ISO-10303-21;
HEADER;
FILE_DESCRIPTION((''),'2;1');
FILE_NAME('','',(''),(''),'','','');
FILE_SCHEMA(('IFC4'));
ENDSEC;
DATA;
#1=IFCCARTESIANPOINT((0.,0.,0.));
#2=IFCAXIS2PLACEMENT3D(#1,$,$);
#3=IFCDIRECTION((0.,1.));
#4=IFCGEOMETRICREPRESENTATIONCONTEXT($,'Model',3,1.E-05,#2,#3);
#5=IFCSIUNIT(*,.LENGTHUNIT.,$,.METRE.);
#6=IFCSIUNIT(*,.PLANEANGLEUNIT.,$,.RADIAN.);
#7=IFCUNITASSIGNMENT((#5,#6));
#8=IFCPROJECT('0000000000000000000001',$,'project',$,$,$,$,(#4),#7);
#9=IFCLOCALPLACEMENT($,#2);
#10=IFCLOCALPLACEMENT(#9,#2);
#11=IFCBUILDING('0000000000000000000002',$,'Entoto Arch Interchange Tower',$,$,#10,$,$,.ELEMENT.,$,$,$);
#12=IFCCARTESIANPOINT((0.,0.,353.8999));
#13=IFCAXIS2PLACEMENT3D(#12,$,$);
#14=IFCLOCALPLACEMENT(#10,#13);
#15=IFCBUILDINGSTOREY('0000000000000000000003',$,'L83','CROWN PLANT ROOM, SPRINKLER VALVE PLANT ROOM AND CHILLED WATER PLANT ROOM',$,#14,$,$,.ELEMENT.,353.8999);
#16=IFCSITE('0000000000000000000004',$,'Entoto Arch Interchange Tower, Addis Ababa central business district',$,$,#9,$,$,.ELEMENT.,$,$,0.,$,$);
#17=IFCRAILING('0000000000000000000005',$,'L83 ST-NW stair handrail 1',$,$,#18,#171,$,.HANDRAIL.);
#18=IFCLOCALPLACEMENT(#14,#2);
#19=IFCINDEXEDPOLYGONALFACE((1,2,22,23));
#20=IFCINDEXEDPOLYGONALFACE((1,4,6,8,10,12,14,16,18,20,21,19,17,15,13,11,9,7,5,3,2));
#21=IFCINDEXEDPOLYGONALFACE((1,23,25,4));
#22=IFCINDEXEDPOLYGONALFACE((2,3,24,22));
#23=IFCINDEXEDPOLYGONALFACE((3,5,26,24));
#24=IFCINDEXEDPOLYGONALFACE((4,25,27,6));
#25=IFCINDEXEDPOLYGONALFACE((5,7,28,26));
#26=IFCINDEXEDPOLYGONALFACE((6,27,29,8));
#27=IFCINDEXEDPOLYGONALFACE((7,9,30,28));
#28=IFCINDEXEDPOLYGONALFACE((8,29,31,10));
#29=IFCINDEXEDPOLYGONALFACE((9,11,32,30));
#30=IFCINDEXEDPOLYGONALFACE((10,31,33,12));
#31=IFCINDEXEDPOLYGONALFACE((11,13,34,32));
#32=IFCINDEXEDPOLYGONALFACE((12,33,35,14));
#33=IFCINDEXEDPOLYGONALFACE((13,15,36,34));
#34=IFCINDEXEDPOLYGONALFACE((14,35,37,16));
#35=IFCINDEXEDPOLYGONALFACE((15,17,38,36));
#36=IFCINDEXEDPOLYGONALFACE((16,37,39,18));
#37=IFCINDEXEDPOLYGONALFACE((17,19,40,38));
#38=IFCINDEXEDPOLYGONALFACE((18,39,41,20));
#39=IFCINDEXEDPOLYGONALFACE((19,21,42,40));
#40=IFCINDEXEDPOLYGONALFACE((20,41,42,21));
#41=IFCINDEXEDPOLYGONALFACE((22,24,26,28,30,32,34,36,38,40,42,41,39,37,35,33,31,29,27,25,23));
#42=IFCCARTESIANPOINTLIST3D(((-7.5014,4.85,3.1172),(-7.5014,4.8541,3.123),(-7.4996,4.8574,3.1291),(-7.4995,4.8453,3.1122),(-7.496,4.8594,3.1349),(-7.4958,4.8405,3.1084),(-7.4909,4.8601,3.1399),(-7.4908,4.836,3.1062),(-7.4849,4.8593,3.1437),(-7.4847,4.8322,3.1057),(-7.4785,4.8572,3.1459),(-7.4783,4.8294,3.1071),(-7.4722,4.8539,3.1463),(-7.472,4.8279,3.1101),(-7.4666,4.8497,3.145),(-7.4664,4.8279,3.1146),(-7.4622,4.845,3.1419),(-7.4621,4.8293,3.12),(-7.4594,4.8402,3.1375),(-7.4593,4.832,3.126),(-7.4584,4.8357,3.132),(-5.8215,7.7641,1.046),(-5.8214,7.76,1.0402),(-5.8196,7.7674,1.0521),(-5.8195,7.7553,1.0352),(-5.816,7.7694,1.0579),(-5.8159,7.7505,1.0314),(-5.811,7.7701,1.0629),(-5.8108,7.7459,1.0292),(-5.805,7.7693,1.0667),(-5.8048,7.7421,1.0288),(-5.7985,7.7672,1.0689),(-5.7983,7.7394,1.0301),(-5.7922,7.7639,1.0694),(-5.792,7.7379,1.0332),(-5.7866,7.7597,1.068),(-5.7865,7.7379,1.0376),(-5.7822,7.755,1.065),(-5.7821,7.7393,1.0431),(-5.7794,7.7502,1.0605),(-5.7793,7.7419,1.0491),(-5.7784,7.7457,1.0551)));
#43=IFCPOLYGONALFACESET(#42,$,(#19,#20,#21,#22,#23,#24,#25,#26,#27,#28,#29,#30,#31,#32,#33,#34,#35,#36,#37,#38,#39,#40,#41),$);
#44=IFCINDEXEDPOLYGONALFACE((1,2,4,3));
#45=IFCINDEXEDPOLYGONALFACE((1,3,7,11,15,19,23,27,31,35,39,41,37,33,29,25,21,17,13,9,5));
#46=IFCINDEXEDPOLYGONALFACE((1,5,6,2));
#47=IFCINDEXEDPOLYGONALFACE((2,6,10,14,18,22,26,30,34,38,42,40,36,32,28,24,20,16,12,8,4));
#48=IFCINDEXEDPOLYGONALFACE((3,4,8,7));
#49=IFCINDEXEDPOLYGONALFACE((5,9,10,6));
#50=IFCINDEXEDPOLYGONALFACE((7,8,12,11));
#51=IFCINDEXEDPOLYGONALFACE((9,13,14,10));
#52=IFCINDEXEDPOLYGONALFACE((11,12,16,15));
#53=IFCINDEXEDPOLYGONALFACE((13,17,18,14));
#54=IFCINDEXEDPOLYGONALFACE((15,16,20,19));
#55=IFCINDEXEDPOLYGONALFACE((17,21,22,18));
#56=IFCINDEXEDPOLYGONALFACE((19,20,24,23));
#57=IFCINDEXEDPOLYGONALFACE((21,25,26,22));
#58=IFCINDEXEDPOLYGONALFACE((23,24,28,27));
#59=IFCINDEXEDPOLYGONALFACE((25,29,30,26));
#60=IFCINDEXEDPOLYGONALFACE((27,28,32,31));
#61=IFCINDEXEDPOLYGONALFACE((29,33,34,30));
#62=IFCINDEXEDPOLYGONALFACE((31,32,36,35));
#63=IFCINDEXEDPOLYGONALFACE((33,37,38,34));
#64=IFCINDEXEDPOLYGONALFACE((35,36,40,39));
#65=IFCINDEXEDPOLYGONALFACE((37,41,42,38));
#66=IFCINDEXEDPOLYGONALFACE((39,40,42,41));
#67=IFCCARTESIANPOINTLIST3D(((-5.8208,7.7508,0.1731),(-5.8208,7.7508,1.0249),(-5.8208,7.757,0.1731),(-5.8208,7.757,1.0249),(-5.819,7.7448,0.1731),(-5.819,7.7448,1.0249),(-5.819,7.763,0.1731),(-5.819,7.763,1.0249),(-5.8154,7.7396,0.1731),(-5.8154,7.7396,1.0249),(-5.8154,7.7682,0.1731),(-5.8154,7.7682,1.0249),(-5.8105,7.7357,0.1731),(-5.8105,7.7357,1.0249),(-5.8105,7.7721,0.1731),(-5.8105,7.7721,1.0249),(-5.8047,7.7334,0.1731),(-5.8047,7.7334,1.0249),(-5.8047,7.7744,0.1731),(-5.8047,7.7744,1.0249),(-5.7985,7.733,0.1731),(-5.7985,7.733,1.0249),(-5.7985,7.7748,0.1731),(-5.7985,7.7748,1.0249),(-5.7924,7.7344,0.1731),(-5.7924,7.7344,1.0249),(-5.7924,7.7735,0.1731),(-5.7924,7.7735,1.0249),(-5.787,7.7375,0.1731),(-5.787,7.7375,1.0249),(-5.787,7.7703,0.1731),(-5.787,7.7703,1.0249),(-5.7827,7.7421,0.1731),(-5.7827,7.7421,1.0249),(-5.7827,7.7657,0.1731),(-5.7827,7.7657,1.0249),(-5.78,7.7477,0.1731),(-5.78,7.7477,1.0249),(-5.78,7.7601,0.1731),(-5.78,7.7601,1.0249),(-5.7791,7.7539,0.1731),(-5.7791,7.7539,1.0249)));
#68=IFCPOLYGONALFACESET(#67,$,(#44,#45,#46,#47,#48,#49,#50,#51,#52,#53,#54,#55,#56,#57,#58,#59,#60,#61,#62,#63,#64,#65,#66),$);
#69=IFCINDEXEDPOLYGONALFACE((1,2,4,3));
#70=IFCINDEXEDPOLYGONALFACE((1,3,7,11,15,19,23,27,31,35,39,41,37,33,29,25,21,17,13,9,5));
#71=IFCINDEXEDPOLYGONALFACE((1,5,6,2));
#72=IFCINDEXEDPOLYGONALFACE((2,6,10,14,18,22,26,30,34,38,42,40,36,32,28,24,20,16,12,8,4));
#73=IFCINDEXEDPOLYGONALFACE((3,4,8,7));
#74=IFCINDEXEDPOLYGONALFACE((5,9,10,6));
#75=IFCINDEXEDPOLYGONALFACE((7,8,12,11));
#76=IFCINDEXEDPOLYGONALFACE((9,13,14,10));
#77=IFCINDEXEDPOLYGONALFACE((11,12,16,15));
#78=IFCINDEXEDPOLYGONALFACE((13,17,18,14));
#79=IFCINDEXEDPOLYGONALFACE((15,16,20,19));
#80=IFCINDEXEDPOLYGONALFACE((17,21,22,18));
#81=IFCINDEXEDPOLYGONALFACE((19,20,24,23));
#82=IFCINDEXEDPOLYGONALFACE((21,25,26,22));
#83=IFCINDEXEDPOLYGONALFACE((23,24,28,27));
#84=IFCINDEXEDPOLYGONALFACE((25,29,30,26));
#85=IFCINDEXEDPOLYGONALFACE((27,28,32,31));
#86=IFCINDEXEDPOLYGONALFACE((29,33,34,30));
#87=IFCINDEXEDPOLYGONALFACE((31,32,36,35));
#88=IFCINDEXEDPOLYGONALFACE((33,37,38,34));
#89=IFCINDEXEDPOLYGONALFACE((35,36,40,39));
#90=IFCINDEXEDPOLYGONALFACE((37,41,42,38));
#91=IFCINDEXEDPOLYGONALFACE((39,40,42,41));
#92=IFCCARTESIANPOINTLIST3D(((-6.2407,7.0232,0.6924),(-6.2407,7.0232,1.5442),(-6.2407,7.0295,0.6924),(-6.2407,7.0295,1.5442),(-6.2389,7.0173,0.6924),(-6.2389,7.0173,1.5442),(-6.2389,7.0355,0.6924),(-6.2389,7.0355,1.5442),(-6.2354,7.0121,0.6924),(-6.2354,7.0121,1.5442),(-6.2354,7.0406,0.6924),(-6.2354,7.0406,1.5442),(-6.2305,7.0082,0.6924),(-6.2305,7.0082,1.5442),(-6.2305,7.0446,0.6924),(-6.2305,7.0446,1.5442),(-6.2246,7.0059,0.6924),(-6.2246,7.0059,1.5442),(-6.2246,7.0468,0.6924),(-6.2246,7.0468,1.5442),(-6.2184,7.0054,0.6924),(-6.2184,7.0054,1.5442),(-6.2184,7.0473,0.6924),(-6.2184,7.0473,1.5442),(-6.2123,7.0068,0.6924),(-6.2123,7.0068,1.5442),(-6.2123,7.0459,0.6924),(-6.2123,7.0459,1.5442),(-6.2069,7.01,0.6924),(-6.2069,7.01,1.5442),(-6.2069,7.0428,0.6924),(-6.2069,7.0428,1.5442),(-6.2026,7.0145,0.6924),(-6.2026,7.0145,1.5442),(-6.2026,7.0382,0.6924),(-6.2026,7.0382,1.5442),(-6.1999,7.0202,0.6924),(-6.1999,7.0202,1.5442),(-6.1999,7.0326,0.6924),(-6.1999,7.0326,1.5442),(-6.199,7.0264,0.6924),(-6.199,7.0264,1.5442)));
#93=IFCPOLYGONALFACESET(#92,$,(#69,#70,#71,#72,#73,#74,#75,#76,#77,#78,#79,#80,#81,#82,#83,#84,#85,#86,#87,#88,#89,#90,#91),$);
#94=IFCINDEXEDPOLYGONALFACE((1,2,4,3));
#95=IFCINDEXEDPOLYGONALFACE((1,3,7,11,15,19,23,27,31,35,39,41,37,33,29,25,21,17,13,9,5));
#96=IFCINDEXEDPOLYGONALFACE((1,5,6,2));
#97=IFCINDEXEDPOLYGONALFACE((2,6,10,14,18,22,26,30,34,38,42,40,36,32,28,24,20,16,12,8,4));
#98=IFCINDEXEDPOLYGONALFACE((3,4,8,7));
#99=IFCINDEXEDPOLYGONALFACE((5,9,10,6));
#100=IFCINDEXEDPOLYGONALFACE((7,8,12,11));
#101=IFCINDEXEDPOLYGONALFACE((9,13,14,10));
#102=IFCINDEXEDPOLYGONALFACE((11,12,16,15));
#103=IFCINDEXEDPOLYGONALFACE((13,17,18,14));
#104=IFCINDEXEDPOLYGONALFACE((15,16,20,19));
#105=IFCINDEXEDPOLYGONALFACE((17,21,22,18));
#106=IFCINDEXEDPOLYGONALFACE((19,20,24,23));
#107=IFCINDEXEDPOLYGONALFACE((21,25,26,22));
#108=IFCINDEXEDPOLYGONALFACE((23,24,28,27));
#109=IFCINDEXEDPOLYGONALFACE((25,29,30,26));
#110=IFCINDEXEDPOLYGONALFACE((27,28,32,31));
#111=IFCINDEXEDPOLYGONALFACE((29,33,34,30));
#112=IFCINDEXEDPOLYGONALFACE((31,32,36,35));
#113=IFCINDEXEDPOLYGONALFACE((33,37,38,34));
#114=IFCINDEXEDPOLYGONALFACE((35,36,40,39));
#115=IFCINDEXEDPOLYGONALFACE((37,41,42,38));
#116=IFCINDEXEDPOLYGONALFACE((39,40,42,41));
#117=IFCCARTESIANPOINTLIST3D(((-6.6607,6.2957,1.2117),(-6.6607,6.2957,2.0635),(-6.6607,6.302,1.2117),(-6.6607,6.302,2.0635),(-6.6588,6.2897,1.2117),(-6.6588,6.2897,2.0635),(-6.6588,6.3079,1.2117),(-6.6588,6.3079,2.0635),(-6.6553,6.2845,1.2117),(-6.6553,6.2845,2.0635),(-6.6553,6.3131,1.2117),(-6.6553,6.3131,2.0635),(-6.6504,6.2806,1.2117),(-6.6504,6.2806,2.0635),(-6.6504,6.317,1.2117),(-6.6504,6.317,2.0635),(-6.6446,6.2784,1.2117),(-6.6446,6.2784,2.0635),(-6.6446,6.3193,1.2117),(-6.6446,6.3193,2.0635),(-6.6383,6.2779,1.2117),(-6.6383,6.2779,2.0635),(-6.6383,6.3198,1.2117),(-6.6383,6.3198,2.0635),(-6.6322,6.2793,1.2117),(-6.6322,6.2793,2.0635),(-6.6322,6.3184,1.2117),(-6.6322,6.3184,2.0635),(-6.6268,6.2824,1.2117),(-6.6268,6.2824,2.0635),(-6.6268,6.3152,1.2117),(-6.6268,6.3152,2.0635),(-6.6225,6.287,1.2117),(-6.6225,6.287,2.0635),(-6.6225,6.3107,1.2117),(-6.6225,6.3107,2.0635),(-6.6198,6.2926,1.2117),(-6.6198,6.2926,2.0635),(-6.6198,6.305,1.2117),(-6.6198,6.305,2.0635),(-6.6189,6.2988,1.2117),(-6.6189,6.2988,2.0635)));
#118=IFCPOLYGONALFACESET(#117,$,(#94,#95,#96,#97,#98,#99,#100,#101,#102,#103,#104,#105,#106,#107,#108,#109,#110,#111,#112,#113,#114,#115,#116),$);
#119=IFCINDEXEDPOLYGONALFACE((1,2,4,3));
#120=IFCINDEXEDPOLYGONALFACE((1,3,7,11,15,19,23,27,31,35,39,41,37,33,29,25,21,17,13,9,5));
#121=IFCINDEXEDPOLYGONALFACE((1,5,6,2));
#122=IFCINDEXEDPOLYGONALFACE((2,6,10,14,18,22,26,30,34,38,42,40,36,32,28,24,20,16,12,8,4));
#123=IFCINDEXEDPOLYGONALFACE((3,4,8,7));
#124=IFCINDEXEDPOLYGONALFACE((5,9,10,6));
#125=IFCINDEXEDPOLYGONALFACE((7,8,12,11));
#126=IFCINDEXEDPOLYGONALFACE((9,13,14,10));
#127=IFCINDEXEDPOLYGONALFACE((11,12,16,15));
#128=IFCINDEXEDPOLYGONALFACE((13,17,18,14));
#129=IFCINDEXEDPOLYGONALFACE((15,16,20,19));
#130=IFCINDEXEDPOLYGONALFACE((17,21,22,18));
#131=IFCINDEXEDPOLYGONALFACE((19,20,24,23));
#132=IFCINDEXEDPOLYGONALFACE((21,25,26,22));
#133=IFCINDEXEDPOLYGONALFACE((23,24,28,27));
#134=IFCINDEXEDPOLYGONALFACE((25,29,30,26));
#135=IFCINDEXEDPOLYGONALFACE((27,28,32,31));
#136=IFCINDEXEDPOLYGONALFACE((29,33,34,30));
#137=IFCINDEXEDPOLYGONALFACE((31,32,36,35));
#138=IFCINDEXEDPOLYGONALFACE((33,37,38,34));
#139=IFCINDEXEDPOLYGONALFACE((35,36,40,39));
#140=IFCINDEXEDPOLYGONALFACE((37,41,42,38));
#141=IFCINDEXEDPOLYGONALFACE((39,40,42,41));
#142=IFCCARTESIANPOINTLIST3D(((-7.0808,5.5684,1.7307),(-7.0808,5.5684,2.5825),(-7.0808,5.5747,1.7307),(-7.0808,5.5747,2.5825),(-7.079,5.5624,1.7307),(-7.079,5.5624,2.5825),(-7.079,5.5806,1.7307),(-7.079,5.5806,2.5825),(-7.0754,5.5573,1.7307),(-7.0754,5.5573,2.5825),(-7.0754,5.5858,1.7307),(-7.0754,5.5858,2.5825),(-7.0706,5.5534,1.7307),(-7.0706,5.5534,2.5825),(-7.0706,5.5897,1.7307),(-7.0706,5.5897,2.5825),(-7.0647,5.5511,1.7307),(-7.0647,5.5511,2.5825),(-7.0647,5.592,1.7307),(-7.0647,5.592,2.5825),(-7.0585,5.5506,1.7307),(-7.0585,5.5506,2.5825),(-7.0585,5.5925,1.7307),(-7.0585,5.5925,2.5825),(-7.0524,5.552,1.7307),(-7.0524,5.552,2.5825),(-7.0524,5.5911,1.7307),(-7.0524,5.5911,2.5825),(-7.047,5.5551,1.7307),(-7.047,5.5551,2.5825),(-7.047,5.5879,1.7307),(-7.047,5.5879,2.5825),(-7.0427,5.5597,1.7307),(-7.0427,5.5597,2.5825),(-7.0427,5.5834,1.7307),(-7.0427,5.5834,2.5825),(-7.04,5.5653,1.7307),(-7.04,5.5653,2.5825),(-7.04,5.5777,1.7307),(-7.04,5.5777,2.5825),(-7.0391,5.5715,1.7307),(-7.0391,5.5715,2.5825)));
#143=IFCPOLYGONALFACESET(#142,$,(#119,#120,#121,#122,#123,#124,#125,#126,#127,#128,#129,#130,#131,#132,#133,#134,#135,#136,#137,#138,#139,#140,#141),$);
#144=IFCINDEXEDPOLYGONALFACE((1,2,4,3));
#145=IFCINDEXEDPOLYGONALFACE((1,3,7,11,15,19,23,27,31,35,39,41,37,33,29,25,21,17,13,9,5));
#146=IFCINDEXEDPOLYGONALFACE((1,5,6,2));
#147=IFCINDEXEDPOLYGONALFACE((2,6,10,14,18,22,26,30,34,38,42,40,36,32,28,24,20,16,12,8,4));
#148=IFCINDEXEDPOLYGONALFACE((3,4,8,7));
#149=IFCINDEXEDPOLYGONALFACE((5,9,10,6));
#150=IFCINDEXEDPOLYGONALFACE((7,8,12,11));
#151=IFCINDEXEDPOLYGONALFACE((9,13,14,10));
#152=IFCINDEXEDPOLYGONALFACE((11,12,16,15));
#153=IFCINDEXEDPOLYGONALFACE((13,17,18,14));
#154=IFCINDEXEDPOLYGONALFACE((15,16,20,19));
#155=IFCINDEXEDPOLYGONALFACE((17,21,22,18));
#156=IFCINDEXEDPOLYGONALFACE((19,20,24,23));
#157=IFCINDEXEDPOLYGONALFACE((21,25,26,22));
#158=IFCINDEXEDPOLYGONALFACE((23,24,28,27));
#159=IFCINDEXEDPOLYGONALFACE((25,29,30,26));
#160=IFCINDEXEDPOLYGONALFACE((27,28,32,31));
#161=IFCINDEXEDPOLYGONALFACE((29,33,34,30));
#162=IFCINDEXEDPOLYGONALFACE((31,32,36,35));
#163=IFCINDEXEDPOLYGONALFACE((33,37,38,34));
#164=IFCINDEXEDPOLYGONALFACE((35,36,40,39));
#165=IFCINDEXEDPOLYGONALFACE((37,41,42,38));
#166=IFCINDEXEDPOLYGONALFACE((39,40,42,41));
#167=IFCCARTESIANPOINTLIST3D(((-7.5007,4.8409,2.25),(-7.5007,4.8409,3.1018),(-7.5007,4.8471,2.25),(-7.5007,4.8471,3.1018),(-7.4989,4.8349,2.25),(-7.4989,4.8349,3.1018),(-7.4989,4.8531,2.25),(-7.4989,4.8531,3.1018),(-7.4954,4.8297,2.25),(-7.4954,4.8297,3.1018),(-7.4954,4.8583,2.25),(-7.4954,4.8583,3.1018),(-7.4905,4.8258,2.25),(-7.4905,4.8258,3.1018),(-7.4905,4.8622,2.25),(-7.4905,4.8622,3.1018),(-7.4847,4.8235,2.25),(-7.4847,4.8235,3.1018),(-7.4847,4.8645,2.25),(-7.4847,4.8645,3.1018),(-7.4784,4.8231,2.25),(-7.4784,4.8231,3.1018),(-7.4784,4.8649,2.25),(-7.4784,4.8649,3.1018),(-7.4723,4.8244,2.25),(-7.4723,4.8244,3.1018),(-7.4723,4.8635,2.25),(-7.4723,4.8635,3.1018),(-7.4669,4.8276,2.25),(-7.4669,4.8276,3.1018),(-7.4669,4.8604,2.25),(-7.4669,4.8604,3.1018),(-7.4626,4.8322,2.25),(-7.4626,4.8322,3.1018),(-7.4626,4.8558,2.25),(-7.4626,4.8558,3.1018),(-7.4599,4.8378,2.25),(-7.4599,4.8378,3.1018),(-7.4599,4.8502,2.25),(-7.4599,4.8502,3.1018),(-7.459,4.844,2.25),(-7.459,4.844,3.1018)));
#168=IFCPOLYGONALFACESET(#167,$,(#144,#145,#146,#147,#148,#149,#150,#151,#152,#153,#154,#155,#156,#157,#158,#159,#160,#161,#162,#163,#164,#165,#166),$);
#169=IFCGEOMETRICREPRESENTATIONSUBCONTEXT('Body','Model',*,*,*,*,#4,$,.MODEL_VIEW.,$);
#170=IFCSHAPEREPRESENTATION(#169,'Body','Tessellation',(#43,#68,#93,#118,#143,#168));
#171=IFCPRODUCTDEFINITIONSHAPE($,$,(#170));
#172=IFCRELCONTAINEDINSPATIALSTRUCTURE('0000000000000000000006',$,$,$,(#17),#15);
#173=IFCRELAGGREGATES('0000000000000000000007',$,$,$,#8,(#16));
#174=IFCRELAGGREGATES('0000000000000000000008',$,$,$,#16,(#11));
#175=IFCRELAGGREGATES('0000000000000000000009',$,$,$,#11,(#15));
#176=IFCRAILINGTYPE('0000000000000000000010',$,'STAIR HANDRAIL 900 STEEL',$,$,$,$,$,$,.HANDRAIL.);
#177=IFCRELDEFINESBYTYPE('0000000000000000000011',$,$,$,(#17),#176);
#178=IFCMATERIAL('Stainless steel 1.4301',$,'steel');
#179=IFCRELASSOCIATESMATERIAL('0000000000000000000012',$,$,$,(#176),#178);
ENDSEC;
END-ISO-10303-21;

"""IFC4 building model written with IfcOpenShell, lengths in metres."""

from ifc_helpers import new_model, si_unit, direction, frame, origin, origin_2d, place, context, subcontext, project, spatial, circle, extrude, material, type_object, element, save


model = new_model("IFC4")

# Units and contexts
model_context = context("Model", 3, precision=1e-05, world=origin(), true_north=direction((0.0, 1.0)))
body_context = subcontext(model_context, "Body", "Model", "MODEL_VIEW")
ifc_project = project(units=[si_unit("LENGTHUNIT", "METRE"), si_unit("PLANEANGLEUNIT", "RADIAN")], contexts=[model_context])

# Site, building, storey
site_placement = place(None, origin())
site = spatial("IfcSite", under=ifc_project, at=site_placement, Name="Entoto Arch Interchange Tower, Addis Ababa central business district", CompositionType="ELEMENT", RefElevation=0.0)
building_placement = place(site_placement, origin())
building = spatial("IfcBuilding", under=site, at=building_placement, Name="Entoto Arch Interchange Tower", CompositionType="ELEMENT")
storey_placement = place(building_placement, frame((0.0, 0.0, 353.8999)))
storey = spatial("IfcBuildingStorey", under=building, at=storey_placement, Name="L83", Description="CROWN PLANT ROOM, SPRINKLER VALVE PLANT ROOM AND CHILLED WATER PLANT ROOM", CompositionType="ELEMENT", Elevation=353.8999)

# Railing
ifc_material_1 = material(Name="Stainless steel 1.4301", Category="steel")
railing_type = type_object("IfcRailingType", Name="STAIR HANDRAIL 900 STEEL", PredefinedType="HANDRAIL", material=ifc_material_1)
railing_placement = place(storey_placement, frame((-5.8, 7.7539, 0.1731)))
element("IfcRailing", 1, at=railing_placement, inside=storey, type_object=railing_type, Name="L83 ST-NW stair handrail 1", PredefinedType="HANDRAIL", context=body_context, shape_type="SweptSolid", body=[
    extrude(circle(Radius=0.0239, at=origin_2d()), frame((0.0, 0.0, 0.876), z_axis=(-0.425288, -0.736668, 0.525785), x_axis=(0.866039, -0.499976, 0.0)), (0.0, 0.0, 1.0), 3.9502),
    extrude(circle(Radius=0.021, at=origin_2d()), origin(), (0.0, 0.0, 1.0), 0.8518),
    extrude(circle(Radius=0.021, at=origin_2d()), frame((-0.4199, -0.7275, 0.5193)), (0.0, 0.0, 1.0), 0.8518),
    extrude(circle(Radius=0.021, at=origin_2d()), frame((-0.8398, -1.4551, 1.0386)), (0.0, 0.0, 1.0), 0.8518),
    extrude(circle(Radius=0.021, at=origin_2d()), frame((-1.26, -2.1824, 1.5576)), (0.0, 0.0, 1.0), 0.8518),
    extrude(circle(Radius=0.021, at=origin_2d()), frame((-1.6799, -2.9099, 2.0769)), (0.0, 0.0, 1.0), 0.8518),
])

save(model, "model.ifc")
